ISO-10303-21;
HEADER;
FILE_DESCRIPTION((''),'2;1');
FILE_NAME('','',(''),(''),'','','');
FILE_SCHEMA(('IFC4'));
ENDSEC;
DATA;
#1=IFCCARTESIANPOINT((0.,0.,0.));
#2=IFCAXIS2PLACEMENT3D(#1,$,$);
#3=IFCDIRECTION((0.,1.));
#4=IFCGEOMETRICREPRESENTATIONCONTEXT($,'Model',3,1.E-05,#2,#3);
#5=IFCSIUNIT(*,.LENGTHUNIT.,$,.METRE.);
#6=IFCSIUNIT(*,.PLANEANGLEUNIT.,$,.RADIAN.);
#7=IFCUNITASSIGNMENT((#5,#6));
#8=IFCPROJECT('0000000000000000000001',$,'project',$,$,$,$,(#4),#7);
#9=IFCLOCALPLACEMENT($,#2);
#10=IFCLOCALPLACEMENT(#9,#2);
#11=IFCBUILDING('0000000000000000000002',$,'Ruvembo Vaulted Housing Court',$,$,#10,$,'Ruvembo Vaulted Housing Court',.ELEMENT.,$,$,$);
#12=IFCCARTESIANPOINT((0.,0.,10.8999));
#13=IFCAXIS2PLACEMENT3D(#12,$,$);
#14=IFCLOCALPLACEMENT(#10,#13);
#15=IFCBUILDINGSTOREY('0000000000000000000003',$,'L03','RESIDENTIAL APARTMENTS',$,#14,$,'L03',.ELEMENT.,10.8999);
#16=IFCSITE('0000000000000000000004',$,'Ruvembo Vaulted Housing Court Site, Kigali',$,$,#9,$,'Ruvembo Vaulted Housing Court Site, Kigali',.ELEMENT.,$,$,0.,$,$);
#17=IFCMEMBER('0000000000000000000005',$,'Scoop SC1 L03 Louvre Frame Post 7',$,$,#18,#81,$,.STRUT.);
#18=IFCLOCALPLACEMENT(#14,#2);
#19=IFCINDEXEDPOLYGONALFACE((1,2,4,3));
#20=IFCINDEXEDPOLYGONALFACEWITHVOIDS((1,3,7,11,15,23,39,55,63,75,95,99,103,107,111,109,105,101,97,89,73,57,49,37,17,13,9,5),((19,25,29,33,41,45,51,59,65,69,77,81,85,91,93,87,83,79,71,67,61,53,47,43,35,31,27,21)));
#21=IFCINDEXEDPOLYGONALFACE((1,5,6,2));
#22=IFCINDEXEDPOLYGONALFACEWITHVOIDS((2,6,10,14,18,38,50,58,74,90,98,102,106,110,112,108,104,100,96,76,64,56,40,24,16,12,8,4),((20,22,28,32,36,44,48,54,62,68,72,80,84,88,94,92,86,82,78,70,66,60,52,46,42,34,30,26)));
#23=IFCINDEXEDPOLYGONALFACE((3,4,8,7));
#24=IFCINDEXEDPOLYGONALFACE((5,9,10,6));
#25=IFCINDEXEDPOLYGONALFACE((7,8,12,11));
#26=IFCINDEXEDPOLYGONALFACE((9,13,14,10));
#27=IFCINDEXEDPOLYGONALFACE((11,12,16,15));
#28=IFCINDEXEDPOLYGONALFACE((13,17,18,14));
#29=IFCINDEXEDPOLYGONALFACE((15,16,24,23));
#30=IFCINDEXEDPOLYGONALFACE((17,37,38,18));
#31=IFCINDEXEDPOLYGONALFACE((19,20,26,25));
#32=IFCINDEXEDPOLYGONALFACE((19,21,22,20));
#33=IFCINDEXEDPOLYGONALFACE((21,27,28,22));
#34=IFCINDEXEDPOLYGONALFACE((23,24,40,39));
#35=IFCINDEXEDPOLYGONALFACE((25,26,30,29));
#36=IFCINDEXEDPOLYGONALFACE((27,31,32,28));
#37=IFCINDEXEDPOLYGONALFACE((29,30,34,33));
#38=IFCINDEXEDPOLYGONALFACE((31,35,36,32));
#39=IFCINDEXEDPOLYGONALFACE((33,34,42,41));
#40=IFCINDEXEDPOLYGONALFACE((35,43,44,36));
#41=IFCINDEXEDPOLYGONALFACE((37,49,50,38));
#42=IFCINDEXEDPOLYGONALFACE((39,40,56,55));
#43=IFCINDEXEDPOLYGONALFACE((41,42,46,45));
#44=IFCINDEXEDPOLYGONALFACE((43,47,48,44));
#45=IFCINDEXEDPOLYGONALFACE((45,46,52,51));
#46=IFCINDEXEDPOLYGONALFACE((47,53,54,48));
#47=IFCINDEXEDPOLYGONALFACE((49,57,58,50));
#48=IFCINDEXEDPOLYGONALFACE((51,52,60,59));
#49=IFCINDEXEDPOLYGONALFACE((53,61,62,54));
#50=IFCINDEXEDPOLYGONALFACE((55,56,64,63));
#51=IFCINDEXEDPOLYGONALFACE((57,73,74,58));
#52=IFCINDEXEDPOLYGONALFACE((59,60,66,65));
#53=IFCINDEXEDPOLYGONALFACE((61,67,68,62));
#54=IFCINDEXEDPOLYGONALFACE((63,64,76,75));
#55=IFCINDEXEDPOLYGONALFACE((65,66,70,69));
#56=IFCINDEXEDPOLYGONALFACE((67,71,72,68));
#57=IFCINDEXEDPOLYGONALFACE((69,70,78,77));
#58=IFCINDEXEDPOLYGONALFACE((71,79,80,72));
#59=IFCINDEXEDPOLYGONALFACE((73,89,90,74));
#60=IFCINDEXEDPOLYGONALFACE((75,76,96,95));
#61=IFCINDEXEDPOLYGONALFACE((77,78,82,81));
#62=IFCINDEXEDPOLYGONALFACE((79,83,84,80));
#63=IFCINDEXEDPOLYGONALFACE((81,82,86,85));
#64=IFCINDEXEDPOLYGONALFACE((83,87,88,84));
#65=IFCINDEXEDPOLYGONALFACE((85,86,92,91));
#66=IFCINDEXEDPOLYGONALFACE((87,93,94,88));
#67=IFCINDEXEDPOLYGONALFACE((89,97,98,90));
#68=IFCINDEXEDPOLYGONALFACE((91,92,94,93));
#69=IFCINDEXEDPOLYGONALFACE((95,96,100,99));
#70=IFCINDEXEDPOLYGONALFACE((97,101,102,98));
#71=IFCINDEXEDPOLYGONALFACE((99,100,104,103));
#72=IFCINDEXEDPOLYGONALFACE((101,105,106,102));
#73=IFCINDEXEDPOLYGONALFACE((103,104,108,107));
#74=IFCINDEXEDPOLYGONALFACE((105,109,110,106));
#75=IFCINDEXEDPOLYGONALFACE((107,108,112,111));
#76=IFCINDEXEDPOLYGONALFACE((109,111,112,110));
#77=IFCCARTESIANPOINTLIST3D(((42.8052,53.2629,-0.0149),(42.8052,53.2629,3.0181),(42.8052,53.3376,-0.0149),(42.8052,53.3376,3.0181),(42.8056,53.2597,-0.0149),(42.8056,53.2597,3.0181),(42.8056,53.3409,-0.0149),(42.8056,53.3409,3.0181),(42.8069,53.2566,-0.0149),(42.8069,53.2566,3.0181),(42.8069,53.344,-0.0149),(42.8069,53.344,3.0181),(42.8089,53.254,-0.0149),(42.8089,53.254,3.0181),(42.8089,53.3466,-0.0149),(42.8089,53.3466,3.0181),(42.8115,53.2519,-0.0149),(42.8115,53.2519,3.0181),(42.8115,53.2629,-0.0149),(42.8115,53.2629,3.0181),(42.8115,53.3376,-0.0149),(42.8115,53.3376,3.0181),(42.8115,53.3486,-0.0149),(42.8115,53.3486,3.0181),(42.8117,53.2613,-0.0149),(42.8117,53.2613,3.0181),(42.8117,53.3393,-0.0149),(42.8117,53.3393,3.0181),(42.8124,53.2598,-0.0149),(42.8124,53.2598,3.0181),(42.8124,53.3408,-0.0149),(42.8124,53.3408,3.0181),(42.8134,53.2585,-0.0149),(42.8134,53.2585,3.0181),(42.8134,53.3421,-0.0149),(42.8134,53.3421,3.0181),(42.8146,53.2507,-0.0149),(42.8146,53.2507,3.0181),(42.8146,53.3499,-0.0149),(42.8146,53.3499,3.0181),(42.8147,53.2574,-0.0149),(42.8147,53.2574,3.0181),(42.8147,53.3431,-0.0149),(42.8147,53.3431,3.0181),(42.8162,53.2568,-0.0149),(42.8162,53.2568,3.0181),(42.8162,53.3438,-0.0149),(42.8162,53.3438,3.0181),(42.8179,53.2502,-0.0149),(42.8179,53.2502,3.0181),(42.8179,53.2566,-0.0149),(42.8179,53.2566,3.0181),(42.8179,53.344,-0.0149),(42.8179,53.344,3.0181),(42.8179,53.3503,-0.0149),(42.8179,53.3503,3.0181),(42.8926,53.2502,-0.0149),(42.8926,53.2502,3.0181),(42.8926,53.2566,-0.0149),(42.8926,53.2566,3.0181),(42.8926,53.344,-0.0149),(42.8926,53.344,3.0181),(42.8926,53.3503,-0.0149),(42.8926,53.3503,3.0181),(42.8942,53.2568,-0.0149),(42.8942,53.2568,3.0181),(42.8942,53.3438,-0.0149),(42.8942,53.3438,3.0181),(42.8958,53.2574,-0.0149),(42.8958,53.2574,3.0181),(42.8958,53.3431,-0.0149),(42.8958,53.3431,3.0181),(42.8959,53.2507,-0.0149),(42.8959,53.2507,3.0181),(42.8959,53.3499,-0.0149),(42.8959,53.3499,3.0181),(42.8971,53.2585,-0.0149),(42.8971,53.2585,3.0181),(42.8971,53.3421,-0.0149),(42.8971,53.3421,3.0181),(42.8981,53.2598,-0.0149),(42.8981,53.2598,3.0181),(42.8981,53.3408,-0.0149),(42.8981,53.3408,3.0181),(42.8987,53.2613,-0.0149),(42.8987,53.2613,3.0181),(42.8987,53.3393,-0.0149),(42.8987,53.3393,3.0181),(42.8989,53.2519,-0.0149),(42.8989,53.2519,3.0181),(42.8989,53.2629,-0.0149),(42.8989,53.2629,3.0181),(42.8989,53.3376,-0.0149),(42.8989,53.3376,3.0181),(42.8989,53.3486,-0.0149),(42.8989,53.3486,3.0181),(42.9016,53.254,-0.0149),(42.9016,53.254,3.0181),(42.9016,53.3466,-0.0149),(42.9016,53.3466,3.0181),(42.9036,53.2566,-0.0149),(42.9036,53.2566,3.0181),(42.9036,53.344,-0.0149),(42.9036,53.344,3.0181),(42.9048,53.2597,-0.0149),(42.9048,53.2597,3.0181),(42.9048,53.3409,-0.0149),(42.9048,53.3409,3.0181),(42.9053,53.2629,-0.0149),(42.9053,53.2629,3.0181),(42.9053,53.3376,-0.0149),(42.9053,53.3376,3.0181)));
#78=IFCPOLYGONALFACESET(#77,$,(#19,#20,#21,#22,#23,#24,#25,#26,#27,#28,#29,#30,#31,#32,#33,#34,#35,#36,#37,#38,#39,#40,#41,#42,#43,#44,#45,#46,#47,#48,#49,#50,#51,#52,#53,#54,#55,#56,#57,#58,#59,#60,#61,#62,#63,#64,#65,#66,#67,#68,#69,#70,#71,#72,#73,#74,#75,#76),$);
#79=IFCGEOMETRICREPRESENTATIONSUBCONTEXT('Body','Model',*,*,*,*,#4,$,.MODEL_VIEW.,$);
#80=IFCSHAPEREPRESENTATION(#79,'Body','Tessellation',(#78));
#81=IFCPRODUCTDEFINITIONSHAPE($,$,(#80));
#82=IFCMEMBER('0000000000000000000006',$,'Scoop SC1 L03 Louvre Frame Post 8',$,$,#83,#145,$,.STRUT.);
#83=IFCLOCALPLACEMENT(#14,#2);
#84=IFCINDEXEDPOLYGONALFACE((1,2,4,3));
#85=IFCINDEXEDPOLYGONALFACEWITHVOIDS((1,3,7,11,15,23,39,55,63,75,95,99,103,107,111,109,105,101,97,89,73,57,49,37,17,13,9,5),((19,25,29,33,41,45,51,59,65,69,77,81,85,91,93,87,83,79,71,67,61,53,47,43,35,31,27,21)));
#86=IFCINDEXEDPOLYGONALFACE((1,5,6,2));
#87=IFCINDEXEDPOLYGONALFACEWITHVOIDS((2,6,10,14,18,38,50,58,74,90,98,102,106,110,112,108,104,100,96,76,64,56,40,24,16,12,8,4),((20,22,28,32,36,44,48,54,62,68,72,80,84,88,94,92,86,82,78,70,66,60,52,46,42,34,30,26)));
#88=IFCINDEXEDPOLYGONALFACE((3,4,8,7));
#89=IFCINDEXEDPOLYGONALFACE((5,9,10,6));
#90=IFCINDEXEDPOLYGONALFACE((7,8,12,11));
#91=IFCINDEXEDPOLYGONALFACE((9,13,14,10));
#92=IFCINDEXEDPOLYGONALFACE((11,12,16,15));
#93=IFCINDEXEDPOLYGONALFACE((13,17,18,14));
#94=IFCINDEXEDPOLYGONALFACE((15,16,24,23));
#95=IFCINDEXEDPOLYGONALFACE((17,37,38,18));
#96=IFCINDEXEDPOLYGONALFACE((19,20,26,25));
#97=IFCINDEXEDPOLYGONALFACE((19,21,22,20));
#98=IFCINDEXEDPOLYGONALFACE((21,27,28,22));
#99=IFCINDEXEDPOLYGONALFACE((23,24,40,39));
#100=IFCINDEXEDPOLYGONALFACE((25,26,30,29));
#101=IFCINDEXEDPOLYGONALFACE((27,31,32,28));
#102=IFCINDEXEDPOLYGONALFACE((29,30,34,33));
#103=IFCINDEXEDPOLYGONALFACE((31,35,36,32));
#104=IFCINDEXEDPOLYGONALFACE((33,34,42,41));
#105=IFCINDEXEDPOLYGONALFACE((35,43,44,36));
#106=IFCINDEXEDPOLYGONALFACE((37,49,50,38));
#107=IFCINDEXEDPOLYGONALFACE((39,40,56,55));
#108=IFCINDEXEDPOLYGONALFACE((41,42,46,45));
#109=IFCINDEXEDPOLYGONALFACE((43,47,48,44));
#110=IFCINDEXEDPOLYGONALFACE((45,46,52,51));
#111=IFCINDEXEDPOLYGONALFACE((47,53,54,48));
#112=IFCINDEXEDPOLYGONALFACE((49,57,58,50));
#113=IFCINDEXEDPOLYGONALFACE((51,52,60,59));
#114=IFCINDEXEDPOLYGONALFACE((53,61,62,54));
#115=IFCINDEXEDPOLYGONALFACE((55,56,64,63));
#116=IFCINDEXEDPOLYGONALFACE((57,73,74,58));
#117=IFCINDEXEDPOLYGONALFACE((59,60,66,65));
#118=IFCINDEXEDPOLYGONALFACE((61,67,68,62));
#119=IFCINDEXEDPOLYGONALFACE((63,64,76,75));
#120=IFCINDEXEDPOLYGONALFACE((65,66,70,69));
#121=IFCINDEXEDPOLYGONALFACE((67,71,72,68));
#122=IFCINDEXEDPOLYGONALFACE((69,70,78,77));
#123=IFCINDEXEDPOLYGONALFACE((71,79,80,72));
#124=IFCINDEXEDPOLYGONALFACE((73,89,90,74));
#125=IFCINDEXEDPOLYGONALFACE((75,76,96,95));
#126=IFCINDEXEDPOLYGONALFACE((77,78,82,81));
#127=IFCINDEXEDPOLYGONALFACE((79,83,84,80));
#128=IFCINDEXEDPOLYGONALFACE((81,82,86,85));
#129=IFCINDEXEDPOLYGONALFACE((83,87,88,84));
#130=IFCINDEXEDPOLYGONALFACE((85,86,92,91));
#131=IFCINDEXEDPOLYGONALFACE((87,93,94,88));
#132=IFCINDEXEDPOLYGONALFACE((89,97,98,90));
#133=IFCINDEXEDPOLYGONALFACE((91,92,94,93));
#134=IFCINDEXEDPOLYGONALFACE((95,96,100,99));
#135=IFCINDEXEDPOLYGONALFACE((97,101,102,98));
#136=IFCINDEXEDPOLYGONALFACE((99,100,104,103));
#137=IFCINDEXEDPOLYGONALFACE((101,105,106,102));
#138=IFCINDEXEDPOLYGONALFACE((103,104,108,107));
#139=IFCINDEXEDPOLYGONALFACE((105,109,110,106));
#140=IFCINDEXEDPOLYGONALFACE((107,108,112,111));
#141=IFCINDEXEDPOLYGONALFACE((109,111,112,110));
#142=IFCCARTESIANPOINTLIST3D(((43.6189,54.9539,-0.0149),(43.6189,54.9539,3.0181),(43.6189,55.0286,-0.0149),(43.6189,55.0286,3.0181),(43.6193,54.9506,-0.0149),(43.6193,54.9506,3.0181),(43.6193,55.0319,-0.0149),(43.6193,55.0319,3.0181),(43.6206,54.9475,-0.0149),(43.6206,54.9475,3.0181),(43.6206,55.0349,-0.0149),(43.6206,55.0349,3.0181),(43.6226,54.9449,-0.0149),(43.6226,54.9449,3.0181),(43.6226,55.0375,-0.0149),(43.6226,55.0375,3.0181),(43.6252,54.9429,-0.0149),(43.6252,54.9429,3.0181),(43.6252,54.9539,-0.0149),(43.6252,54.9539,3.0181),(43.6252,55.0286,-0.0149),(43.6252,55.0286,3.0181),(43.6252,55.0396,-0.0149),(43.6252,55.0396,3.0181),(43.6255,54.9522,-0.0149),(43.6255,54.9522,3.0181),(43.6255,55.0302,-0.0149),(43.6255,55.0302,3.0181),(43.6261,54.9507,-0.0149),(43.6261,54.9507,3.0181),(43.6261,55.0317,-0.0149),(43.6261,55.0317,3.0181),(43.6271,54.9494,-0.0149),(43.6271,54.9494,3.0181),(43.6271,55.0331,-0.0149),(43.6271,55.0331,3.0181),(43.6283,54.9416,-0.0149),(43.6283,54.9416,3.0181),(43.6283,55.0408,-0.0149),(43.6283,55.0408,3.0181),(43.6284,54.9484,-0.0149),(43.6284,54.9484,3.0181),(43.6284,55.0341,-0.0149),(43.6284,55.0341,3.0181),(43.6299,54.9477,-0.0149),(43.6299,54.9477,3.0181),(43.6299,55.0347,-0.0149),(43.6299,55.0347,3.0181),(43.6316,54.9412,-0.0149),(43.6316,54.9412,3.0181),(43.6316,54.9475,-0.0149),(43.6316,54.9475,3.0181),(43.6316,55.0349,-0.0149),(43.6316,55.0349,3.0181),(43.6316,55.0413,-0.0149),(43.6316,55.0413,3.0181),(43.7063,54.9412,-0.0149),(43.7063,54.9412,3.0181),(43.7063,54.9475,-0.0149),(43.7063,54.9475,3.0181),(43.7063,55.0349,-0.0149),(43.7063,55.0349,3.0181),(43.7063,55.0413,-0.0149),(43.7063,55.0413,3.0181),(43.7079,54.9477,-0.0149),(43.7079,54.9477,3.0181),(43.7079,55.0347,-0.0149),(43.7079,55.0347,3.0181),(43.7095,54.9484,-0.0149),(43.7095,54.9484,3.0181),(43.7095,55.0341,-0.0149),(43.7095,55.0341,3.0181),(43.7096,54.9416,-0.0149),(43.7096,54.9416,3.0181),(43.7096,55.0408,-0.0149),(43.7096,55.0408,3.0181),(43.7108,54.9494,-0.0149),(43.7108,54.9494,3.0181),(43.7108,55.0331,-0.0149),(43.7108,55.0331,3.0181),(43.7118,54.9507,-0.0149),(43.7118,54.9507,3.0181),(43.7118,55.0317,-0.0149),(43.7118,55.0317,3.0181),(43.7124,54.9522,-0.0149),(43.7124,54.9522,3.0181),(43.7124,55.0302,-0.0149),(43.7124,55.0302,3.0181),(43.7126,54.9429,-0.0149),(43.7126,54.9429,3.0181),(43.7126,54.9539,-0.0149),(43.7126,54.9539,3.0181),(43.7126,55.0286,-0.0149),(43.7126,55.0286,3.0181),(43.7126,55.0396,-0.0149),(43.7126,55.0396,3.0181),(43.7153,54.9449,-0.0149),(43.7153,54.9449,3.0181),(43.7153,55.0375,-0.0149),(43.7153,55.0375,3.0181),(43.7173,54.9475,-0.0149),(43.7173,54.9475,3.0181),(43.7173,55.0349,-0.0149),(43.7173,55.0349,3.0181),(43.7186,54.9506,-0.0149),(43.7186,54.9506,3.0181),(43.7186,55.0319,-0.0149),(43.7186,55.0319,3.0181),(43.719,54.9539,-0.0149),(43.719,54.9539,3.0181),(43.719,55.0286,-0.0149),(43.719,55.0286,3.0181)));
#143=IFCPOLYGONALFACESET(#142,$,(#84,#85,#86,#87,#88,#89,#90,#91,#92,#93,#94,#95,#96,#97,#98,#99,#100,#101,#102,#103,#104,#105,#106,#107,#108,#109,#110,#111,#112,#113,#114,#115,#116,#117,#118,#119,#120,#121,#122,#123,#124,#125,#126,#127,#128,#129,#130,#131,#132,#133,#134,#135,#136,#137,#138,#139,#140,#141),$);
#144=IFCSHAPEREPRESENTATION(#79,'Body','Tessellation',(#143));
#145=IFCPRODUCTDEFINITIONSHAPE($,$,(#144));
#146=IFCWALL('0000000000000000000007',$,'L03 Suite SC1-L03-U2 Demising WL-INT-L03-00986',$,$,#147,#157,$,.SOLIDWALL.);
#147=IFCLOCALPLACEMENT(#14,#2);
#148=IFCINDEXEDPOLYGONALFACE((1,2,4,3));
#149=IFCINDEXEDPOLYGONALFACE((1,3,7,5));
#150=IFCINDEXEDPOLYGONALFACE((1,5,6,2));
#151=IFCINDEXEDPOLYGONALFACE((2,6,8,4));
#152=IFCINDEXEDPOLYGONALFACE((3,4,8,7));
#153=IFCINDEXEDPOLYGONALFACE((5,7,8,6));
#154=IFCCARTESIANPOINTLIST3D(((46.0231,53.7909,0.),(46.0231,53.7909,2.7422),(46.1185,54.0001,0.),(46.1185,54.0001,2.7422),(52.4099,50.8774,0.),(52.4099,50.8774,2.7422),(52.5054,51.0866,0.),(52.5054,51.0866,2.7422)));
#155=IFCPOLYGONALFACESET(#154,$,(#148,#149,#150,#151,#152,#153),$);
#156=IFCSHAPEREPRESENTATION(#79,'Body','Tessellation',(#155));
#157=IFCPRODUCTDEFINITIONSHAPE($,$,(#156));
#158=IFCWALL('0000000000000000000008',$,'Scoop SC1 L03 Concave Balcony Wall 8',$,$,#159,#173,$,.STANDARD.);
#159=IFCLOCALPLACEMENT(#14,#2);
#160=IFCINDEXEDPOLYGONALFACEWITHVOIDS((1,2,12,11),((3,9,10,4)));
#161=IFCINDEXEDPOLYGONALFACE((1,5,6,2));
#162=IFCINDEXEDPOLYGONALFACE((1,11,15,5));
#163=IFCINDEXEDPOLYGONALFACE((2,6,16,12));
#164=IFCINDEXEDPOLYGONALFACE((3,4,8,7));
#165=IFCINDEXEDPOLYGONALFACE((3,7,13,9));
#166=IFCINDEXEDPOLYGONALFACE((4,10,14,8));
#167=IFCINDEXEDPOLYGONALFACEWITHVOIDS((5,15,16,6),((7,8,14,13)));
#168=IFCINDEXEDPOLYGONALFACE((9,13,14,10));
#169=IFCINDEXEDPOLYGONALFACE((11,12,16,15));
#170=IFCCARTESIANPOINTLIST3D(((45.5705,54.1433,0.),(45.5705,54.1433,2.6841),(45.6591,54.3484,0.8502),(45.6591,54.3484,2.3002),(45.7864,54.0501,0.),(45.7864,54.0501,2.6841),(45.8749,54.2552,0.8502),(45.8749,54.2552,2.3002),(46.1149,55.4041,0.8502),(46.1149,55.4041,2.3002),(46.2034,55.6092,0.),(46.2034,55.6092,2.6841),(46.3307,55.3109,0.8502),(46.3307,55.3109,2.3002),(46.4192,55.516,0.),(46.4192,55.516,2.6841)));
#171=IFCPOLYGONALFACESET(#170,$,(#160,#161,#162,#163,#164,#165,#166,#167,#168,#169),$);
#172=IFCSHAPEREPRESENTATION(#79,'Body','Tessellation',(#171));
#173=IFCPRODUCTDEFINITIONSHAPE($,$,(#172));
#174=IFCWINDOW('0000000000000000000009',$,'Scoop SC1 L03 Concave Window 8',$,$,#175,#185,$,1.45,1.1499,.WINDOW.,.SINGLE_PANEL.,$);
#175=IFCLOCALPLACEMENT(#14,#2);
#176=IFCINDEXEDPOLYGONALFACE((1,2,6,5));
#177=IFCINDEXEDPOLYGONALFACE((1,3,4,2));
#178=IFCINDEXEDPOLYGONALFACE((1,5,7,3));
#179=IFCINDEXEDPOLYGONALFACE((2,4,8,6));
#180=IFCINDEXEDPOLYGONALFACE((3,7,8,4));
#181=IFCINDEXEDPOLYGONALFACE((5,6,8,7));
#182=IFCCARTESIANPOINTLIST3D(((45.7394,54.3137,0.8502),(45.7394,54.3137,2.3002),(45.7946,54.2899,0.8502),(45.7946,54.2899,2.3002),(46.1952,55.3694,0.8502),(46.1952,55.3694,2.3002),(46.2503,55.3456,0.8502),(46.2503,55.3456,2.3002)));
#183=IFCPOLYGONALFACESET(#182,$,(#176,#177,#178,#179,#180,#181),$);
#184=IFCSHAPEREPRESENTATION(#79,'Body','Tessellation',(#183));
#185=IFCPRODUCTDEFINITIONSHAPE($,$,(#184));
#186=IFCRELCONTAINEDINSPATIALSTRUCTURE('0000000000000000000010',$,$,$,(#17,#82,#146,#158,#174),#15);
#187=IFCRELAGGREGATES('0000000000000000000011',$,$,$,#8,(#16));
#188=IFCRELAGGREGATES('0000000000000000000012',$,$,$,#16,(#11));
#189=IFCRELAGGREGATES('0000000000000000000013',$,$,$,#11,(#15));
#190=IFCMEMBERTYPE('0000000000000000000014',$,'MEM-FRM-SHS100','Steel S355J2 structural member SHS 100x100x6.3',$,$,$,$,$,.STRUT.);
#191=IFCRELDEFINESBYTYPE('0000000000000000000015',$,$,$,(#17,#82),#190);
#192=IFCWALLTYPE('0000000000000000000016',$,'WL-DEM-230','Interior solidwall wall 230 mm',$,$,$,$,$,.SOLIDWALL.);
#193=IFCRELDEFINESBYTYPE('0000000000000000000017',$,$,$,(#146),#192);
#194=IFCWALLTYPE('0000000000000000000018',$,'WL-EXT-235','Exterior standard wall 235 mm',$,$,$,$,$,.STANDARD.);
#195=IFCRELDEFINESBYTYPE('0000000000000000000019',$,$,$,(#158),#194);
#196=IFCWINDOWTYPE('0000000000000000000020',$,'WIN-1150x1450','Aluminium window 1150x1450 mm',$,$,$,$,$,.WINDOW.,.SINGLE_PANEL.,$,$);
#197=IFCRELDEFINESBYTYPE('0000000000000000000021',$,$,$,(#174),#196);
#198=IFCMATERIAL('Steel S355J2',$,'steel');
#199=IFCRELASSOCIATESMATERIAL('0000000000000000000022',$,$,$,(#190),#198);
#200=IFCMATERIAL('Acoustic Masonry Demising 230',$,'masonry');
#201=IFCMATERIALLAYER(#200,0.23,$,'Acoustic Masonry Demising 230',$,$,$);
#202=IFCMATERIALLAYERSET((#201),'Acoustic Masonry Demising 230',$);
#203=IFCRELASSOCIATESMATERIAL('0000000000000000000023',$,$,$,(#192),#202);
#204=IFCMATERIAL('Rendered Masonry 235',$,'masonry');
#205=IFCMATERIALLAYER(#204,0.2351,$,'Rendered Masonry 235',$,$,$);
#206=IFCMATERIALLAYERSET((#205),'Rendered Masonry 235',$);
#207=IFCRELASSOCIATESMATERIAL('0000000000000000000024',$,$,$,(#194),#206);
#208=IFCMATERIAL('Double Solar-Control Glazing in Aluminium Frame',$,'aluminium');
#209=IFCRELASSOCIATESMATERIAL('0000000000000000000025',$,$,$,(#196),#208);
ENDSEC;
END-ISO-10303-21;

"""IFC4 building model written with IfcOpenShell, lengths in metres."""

from ifc_helpers import new_model, si_unit, direction, frame, frame_2d, origin, origin_2d, place, context, subcontext, project, spatial, rectangle, hollow_rectangle, extrude, material, layer, layer_set, material_profile, profile_set, type_object, element, fill, save


model = new_model("IFC4")

# Units and contexts
model_context = context("Model", 3, precision=1e-05, world=origin(), true_north=direction((0.0, 1.0)))
body_context = subcontext(model_context, "Body", "Model", "MODEL_VIEW")
ifc_project = project(units=[si_unit("LENGTHUNIT", "METRE"), si_unit("PLANEANGLEUNIT", "RADIAN")], contexts=[model_context])

# Site, building, storey
site_placement = place(None, origin())
site = spatial("IfcSite", under=ifc_project, at=site_placement, Name="Ruvembo Vaulted Housing Court Site, Kigali", LongName="Ruvembo Vaulted Housing Court Site, Kigali", CompositionType="ELEMENT", RefElevation=0.0)
building_placement = place(site_placement, origin())
building = spatial("IfcBuilding", under=site, at=building_placement, Name="Ruvembo Vaulted Housing Court", LongName="Ruvembo Vaulted Housing Court", CompositionType="ELEMENT")
storey_placement = place(building_placement, frame((0.0, 0.0, 10.8999)))
storey = spatial("IfcBuildingStorey", under=building, at=storey_placement, Name="L03", Description="RESIDENTIAL APARTMENTS", LongName="L03", CompositionType="ELEMENT", Elevation=10.8999)

# Shared definitions
ifc_material_1 = material(Name="Steel S355J2", Category="steel")

# Members
ifc_material_profile_1 = material_profile(ifc_material_1, hollow_rectangle(XDim=0.1001, YDim=0.1001, WallThickness=0.0063, InnerFilletRadius=0.0063, OuterFilletRadius=0.0127, at=origin_2d()), Name="SHS 100x100x6.3")
ifc_profile_set_1 = profile_set([ifc_material_profile_1], Name="Steel S355J2")
member_type_1 = type_object("IfcMemberType", Name="MEM-FRM-SHS100", Description="Steel S355J2 structural member SHS 100x100x6.3", PredefinedType="STRUT", material=ifc_profile_set_1)
for number, where, z_axis, x_axis, name in (
    (1, (42.8552, 53.3003, -0.0149), (0.0, 0.0, 1.0), (1.0, 0.0, 0.0), "Scoop SC1 L03 Louvre Frame Post 7"),
    (2, (43.6689, 54.9912, -0.0149), (0.0, 0.0, 1.0), (1.0, 0.0, 0.0), "Scoop SC1 L03 Louvre Frame Post 8"),
):
    element("IfcMember", number, at=place(storey_placement, frame(where, z_axis=z_axis, x_axis=x_axis)), inside=storey, type_object=member_type_1, Name=name, PredefinedType="STRUT", context=body_context, shape_type="SweptSolid", body=[
        extrude(hollow_rectangle(XDim=0.1001, YDim=0.1001, WallThickness=0.0063, InnerFilletRadius=0.0063, OuterFilletRadius=0.0127, at=origin_2d()), origin(), (0.0, 0.0, 1.0), 3.033),
    ])

# Wall
ifc_material_2 = material(Name="Acoustic Masonry Demising 230", Category="masonry")
ifc_layer_1 = layer(ifc_material_2, 0.23, Name="Acoustic Masonry Demising 230")
ifc_layer_set_1 = layer_set([ifc_layer_1], Name="Acoustic Masonry Demising 230")
wall_type_1 = type_object("IfcWallType", Name="WL-DEM-230", Description="Interior solidwall wall 230 mm", PredefinedType="SOLIDWALL", material=ifc_layer_set_1)
wall_1_placement = place(storey_placement, frame((46.0708, 53.8955, 0.0), z_axis=(0.0, 0.0, 1.0), x_axis=(0.909807, -0.415031, 0.0)))
element("IfcWall", 3, at=wall_1_placement, inside=storey, type_object=wall_type_1, Name="L03 Suite SC1-L03-U2 Demising WL-INT-L03-00986", PredefinedType="SOLIDWALL", context=body_context, shape_type="SweptSolid", body=[
    extrude(rectangle(XDim=7.02, YDim=0.23, at=frame_2d((3.51, 0.0))), origin(), (0.0, 0.0, 1.0), 2.7422),
])

# Wall, opening, window
ifc_material_3 = material(Name="Rendered Masonry 235", Category="masonry")
ifc_layer_2 = layer(ifc_material_3, 0.2351, Name="Rendered Masonry 235")
ifc_layer_set_2 = layer_set([ifc_layer_2], Name="Rendered Masonry 235")
wall_type_2 = type_object("IfcWallType", Name="WL-EXT-235", Description="Exterior standard wall 235 mm", PredefinedType="STANDARD", material=ifc_layer_set_2)
wall_2_placement = place(storey_placement, frame((45.6785, 54.0967, 0.0), z_axis=(0.0, 0.0, 1.0), x_axis=(0.396354, 0.918098, 0.0)))
wall_2 = element("IfcWall", 4, at=wall_2_placement, inside=storey, type_object=wall_type_2, Name="Scoop SC1 L03 Concave Balcony Wall 8", PredefinedType="STANDARD", context=body_context, shape_type="SweptSolid", body=[
    extrude(rectangle(XDim=1.5967, YDim=0.2351, at=frame_2d((0.7983, 0.0))), origin(), (0.0, 0.0, 1.0), 2.6841),
])
opening_placement = place(wall_2_placement, frame((0.2234, 0.0, 0.8501)))
opening = element("IfcOpeningElement", 5, at=opening_placement, cuts=wall_2, PredefinedType="OPENING", context=body_context, shape_type="SweptSolid", body=[
    extrude(rectangle(XDim=1.1499, YDim=1.45, at=frame_2d((0.575, 0.7251))), frame((0.0, 0.1274, 0.0), z_axis=(0.0, -1.0, 0.0), x_axis=(1.0, 0.0, 0.0)), (0.0, 0.0, 1.0), 0.2551),
])
ifc_material_4 = material(Name="Double Solar-Control Glazing in Aluminium Frame", Category="aluminium")
window_type = type_object("IfcWindowType", Name="WIN-1150x1450", Description="Aluminium window 1150x1450 mm", PartitioningType="SINGLE_PANEL", PredefinedType="WINDOW", material=ifc_material_4)
window_placement = place(opening_placement, origin())
window = element("IfcWindow", 6, at=window_placement, inside=storey, type_object=window_type, Name="Scoop SC1 L03 Concave Window 8", OverallHeight=1.45, OverallWidth=1.1499, PartitioningType="SINGLE_PANEL", PredefinedType="WINDOW", context=body_context, shape_type="SweptSolid", body=[
    extrude(rectangle(XDim=1.1499, YDim=1.45, at=frame_2d((0.575, 0.7251))), frame((0.0, 0.03, 0.0), z_axis=(0.0, -1.0, 0.0), x_axis=(1.0, 0.0, 0.0)), (0.0, 0.0, 1.0), 0.0601),
])
fill(opening, window)

save(model, "model.ifc")
